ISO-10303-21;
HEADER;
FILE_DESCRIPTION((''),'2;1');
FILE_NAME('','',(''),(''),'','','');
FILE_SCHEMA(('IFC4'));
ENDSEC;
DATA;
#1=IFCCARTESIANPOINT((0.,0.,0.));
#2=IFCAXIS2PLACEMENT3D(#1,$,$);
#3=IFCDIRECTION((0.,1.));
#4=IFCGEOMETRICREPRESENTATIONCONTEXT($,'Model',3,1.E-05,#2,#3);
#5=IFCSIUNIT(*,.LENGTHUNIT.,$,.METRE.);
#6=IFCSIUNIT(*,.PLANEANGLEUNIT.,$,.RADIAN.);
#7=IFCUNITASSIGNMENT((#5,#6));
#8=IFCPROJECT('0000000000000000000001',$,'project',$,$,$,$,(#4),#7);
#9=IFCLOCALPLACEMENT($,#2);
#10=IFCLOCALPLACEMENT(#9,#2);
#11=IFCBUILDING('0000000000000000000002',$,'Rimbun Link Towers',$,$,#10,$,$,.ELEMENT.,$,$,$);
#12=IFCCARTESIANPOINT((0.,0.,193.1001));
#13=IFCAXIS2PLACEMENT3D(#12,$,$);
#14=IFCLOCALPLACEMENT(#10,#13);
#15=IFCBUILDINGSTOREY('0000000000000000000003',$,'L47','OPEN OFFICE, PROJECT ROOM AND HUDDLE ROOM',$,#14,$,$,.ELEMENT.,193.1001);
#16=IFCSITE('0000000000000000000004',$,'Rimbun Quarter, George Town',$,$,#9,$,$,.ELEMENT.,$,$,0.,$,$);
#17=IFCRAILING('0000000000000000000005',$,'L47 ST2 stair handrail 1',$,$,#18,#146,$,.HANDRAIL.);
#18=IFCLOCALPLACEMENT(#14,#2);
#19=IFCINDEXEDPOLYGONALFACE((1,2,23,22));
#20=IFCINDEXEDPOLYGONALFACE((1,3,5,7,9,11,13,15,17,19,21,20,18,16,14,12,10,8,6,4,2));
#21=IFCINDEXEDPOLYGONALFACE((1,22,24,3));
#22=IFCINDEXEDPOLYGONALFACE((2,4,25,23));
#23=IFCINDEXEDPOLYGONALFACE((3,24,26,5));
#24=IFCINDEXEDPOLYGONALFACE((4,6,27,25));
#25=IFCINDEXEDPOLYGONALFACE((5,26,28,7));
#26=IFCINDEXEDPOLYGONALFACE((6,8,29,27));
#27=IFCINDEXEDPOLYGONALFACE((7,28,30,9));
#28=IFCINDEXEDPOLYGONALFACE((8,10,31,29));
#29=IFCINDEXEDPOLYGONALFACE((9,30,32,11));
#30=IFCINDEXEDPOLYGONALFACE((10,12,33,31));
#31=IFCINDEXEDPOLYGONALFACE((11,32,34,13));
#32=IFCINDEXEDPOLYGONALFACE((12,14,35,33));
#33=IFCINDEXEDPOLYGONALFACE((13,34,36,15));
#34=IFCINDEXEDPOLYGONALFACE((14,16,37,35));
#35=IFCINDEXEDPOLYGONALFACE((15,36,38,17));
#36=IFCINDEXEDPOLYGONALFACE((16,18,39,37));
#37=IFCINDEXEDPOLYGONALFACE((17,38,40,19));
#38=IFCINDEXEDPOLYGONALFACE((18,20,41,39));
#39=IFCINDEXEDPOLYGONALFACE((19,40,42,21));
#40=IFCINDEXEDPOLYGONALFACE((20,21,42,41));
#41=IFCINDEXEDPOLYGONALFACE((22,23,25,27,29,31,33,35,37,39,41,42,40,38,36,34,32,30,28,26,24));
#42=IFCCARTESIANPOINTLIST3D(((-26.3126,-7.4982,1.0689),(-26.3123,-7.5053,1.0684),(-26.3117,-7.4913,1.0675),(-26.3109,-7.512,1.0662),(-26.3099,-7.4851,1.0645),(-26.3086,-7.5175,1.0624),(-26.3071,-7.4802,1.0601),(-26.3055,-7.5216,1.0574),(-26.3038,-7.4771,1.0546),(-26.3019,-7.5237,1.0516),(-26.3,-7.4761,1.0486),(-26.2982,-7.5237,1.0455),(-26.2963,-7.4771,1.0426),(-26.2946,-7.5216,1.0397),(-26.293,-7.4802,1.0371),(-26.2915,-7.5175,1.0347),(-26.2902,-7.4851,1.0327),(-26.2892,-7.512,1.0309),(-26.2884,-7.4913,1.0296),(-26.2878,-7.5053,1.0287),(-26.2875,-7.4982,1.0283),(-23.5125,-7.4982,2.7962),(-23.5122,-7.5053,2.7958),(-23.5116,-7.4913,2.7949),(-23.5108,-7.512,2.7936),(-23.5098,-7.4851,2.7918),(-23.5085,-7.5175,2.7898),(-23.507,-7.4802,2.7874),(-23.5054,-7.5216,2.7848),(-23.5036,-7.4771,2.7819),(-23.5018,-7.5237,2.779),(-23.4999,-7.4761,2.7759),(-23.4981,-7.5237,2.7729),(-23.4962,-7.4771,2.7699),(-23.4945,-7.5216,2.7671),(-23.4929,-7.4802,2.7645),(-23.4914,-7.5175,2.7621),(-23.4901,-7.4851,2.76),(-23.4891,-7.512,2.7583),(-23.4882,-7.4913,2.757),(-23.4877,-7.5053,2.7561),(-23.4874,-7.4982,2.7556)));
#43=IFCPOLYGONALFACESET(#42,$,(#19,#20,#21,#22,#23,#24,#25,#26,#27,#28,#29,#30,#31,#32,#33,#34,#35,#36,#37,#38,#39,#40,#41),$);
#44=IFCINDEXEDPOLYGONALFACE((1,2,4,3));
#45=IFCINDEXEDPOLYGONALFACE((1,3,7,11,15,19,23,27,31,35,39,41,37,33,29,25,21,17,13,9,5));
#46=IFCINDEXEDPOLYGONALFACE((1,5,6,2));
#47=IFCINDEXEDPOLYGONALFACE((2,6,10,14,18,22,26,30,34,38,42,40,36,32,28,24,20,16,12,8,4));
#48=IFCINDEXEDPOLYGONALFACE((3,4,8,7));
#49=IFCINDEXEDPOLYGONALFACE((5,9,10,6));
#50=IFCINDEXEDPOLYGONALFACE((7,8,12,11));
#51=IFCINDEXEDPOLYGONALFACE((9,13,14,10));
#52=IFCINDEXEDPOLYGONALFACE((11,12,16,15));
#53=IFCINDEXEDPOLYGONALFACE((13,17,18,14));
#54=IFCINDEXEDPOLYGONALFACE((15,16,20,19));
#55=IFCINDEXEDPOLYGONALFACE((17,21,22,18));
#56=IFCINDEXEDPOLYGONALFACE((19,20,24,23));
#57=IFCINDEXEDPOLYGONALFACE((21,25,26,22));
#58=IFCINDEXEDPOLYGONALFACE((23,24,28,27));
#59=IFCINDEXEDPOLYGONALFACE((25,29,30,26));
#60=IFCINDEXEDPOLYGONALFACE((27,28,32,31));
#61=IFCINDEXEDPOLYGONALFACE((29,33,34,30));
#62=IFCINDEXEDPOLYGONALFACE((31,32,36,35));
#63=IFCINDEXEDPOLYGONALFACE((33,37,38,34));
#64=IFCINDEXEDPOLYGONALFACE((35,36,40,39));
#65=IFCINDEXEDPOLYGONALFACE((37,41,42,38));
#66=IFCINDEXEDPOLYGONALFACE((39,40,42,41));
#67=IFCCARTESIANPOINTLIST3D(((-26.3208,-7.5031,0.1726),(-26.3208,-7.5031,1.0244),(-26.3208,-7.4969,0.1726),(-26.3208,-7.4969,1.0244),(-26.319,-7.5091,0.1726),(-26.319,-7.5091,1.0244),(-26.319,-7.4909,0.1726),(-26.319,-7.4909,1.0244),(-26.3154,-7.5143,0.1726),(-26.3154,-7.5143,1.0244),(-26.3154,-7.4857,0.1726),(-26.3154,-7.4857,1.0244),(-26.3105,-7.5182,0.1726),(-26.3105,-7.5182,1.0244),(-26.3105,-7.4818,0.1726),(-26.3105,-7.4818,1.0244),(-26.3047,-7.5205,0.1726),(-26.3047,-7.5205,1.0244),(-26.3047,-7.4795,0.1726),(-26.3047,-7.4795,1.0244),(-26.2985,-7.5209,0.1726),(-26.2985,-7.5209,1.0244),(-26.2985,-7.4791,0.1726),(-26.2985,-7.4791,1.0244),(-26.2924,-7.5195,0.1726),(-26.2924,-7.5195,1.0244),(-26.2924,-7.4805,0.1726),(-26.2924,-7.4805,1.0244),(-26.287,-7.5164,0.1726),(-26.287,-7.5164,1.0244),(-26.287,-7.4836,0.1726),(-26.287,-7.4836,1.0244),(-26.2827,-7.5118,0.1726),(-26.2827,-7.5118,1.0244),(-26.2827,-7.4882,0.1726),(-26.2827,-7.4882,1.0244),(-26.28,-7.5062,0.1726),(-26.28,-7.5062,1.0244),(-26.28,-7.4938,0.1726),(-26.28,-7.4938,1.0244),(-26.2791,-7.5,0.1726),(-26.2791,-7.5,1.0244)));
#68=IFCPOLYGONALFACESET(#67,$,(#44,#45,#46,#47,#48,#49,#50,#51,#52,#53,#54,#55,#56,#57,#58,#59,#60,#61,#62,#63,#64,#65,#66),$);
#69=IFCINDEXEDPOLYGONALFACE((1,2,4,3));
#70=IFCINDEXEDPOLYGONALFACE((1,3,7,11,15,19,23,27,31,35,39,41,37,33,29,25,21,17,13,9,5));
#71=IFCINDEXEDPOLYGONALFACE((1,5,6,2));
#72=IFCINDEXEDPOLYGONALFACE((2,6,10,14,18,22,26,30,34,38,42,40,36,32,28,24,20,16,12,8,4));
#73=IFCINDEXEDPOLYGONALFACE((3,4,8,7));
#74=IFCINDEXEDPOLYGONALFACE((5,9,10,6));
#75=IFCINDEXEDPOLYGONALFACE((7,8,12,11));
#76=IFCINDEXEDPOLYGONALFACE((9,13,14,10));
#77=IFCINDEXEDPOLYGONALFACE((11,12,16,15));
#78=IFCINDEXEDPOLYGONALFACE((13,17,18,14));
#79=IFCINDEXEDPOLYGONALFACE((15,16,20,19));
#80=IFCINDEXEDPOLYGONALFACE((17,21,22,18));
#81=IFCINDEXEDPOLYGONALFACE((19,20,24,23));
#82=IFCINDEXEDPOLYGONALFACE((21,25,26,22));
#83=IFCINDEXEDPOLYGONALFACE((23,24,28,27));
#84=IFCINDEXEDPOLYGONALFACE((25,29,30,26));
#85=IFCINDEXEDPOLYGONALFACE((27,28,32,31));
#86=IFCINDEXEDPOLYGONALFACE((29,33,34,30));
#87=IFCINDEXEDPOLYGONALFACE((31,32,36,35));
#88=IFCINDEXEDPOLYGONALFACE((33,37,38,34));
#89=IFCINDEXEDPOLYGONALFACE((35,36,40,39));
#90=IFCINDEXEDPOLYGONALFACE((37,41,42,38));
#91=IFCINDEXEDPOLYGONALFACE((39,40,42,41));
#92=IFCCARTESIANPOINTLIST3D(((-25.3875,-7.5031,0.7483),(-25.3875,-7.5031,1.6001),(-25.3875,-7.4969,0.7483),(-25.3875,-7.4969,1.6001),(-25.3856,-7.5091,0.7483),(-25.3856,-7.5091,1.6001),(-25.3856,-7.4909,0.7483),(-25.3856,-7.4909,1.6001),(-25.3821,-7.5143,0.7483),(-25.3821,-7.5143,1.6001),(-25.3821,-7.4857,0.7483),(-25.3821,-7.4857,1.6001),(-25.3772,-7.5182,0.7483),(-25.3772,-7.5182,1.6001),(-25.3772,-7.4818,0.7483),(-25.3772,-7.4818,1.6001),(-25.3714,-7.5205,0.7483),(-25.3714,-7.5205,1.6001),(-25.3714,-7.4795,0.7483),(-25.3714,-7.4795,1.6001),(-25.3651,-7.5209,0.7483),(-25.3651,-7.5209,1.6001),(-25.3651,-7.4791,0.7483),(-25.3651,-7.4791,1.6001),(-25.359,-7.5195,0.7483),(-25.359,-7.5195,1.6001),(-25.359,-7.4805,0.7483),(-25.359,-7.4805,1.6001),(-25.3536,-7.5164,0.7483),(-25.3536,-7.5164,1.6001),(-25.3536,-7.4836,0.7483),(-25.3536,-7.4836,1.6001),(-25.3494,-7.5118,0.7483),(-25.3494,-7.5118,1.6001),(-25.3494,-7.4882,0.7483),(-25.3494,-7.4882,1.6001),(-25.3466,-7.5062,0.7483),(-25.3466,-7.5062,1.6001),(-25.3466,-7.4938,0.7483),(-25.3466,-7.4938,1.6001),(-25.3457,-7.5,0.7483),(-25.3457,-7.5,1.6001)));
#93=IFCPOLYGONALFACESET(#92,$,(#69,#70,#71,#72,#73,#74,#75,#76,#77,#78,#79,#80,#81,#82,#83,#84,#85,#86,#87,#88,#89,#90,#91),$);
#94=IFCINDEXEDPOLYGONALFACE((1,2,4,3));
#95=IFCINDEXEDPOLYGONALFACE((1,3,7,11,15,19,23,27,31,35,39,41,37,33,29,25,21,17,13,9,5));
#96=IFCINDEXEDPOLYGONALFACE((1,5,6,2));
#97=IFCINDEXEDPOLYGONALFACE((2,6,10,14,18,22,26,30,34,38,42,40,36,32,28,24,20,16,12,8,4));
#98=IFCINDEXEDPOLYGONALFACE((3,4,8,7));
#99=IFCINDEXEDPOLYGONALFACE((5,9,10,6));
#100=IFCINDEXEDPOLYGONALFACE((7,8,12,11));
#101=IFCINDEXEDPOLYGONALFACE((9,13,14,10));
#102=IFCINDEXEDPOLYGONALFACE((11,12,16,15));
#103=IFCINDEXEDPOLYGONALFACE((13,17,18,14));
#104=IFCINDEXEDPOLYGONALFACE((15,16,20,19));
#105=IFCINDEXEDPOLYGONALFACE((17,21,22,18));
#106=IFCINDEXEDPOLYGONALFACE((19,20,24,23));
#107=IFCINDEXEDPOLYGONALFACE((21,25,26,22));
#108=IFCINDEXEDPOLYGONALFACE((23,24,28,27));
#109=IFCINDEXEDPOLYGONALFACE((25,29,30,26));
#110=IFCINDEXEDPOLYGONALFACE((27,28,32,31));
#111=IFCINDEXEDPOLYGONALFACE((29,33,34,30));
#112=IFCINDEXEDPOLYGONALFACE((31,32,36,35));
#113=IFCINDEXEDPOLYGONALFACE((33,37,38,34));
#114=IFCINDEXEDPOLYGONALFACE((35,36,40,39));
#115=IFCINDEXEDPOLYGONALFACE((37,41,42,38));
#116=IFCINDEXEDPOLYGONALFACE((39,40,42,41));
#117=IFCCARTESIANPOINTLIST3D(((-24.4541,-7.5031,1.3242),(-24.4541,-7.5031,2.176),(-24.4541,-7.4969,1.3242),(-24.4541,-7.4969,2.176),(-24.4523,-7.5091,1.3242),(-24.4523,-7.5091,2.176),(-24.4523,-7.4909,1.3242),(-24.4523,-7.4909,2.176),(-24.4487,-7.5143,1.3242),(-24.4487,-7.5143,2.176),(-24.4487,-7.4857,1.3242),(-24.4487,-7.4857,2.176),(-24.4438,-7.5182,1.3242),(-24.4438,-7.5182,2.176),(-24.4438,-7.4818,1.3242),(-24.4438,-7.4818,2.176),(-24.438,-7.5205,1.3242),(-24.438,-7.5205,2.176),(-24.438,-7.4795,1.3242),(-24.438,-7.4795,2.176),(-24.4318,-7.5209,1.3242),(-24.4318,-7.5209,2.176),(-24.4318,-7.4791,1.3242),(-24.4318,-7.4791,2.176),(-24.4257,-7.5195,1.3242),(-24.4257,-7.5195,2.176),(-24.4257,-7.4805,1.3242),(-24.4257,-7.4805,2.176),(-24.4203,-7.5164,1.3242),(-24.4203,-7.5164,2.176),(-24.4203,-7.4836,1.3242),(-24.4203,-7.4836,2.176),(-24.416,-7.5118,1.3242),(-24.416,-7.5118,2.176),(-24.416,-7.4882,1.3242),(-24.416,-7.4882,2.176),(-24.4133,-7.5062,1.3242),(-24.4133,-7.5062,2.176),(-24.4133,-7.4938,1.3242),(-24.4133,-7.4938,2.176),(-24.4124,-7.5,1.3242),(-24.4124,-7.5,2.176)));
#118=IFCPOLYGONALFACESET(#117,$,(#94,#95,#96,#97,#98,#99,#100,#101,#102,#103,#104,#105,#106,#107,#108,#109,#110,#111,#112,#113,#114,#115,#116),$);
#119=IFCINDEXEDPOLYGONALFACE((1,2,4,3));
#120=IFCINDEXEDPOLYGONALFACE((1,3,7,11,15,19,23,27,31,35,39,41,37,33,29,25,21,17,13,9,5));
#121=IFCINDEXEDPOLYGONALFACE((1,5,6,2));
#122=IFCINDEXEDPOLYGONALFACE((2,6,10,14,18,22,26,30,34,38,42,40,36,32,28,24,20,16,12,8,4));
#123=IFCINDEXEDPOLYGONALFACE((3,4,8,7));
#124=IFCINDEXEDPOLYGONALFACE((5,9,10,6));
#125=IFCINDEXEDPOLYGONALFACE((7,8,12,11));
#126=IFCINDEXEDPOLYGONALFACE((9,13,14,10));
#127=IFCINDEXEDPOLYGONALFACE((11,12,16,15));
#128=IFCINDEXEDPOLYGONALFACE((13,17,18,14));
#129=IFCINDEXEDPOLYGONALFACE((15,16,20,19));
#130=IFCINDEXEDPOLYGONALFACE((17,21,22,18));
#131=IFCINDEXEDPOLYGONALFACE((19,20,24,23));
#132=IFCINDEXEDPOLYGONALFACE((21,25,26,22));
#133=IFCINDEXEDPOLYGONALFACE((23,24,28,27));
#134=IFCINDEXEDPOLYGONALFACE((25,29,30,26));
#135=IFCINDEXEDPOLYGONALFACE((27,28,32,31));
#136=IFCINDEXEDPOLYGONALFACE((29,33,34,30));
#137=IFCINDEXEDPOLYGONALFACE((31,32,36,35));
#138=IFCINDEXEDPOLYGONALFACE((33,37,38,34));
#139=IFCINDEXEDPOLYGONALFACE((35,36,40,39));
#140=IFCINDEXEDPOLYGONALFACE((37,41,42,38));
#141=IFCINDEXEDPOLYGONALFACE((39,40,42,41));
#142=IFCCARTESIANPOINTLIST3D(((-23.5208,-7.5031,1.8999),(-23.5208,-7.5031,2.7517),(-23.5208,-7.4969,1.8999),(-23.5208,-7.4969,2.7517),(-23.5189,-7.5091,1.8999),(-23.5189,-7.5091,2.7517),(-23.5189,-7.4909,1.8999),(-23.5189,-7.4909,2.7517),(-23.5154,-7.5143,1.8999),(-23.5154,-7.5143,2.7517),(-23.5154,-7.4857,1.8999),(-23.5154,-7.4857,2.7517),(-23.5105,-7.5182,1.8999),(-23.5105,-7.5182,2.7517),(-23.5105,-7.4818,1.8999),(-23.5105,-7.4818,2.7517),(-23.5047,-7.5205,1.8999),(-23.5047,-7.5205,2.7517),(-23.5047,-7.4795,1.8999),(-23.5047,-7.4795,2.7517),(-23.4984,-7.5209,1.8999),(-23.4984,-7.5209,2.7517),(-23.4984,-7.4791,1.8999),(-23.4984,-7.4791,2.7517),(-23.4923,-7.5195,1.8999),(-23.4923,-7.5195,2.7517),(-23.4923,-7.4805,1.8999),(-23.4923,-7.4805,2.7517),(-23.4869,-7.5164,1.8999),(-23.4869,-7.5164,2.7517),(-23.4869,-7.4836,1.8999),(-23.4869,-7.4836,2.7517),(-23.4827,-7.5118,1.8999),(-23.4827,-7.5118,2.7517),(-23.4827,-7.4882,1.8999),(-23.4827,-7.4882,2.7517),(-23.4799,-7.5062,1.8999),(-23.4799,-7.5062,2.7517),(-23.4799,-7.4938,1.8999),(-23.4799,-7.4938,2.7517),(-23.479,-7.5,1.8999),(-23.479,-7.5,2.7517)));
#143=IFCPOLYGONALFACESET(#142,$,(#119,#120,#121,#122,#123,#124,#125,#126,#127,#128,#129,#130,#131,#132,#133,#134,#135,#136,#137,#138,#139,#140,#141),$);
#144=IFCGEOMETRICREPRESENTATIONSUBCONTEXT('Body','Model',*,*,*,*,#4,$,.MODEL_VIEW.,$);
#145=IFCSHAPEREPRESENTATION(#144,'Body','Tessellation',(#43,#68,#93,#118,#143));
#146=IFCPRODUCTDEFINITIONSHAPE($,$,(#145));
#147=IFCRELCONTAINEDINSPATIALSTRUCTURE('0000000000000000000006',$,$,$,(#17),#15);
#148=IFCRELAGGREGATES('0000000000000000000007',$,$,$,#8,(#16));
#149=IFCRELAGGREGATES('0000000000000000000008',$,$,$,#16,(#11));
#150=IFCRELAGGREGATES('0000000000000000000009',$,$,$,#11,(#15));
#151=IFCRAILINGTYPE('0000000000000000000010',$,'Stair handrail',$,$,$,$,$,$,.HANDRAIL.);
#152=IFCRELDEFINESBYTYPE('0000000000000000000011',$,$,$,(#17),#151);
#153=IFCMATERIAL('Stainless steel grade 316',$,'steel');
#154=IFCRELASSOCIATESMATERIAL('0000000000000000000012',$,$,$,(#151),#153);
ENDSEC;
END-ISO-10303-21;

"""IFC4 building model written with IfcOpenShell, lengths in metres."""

from ifc_helpers import new_model, si_unit, direction, frame, origin, origin_2d, place, context, subcontext, project, spatial, circle, extrude, material, type_object, element, save


model = new_model("IFC4")

# Units and contexts
model_context = context("Model", 3, precision=1e-05, world=origin(), true_north=direction((0.0, 1.0)))
body_context = subcontext(model_context, "Body", "Model", "MODEL_VIEW")
ifc_project = project(units=[si_unit("LENGTHUNIT", "METRE"), si_unit("PLANEANGLEUNIT", "RADIAN")], contexts=[model_context])

# Site, building, storey
site_placement = place(None, origin())
site = spatial("IfcSite", under=ifc_project, at=site_placement, Name="Rimbun Quarter, George Town", CompositionType="ELEMENT", RefElevation=0.0)
building_placement = place(site_placement, origin())
building = spatial("IfcBuilding", under=site, at=building_placement, Name="Rimbun Link Towers", CompositionType="ELEMENT")
storey_placement = place(building_placement, frame((0.0, 0.0, 193.1001)))
storey = spatial("IfcBuildingStorey", under=building, at=storey_placement, Name="L47", Description="OPEN OFFICE, PROJECT ROOM AND HUDDLE ROOM", CompositionType="ELEMENT", Elevation=193.1001)

# Railing
ifc_material_1 = material(Name="Stainless steel grade 316", Category="steel")
railing_type_1 = type_object("IfcRailingType", Name="Stair handrail", PredefinedType="HANDRAIL", material=ifc_material_1)
railing_1_placement = place(storey_placement, frame((-26.3, -7.5, 0.1726)))
element("IfcRailing", 1, at=railing_1_placement, inside=storey, type_object=railing_type_1, Name="L47 ST2 stair handrail 1", PredefinedType="HANDRAIL", context=body_context, shape_type="SweptSolid", body=[
    extrude(circle(Radius=0.0239, at=origin_2d()), frame((0.0, 0.0, 0.876), z_axis=(0.85109, 0.0, 0.52502), x_axis=(0.0, 1.0, 0.0)), (0.0, 0.0, 1.0), 3.29),
    extrude(circle(Radius=0.021, at=origin_2d()), origin(), (0.0, 0.0, 1.0), 0.8518),
    extrude(circle(Radius=0.021, at=origin_2d()), frame((0.9333, 0.0, 0.5757)), (0.0, 0.0, 1.0), 0.8518),
    extrude(circle(Radius=0.021, at=origin_2d()), frame((1.8667, 0.0, 1.1516)), (0.0, 0.0, 1.0), 0.8518),
    extrude(circle(Radius=0.021, at=origin_2d()), frame((2.8, 0.0, 1.7273)), (0.0, 0.0, 1.0), 0.8518),
])

save(model, "model.ifc")
